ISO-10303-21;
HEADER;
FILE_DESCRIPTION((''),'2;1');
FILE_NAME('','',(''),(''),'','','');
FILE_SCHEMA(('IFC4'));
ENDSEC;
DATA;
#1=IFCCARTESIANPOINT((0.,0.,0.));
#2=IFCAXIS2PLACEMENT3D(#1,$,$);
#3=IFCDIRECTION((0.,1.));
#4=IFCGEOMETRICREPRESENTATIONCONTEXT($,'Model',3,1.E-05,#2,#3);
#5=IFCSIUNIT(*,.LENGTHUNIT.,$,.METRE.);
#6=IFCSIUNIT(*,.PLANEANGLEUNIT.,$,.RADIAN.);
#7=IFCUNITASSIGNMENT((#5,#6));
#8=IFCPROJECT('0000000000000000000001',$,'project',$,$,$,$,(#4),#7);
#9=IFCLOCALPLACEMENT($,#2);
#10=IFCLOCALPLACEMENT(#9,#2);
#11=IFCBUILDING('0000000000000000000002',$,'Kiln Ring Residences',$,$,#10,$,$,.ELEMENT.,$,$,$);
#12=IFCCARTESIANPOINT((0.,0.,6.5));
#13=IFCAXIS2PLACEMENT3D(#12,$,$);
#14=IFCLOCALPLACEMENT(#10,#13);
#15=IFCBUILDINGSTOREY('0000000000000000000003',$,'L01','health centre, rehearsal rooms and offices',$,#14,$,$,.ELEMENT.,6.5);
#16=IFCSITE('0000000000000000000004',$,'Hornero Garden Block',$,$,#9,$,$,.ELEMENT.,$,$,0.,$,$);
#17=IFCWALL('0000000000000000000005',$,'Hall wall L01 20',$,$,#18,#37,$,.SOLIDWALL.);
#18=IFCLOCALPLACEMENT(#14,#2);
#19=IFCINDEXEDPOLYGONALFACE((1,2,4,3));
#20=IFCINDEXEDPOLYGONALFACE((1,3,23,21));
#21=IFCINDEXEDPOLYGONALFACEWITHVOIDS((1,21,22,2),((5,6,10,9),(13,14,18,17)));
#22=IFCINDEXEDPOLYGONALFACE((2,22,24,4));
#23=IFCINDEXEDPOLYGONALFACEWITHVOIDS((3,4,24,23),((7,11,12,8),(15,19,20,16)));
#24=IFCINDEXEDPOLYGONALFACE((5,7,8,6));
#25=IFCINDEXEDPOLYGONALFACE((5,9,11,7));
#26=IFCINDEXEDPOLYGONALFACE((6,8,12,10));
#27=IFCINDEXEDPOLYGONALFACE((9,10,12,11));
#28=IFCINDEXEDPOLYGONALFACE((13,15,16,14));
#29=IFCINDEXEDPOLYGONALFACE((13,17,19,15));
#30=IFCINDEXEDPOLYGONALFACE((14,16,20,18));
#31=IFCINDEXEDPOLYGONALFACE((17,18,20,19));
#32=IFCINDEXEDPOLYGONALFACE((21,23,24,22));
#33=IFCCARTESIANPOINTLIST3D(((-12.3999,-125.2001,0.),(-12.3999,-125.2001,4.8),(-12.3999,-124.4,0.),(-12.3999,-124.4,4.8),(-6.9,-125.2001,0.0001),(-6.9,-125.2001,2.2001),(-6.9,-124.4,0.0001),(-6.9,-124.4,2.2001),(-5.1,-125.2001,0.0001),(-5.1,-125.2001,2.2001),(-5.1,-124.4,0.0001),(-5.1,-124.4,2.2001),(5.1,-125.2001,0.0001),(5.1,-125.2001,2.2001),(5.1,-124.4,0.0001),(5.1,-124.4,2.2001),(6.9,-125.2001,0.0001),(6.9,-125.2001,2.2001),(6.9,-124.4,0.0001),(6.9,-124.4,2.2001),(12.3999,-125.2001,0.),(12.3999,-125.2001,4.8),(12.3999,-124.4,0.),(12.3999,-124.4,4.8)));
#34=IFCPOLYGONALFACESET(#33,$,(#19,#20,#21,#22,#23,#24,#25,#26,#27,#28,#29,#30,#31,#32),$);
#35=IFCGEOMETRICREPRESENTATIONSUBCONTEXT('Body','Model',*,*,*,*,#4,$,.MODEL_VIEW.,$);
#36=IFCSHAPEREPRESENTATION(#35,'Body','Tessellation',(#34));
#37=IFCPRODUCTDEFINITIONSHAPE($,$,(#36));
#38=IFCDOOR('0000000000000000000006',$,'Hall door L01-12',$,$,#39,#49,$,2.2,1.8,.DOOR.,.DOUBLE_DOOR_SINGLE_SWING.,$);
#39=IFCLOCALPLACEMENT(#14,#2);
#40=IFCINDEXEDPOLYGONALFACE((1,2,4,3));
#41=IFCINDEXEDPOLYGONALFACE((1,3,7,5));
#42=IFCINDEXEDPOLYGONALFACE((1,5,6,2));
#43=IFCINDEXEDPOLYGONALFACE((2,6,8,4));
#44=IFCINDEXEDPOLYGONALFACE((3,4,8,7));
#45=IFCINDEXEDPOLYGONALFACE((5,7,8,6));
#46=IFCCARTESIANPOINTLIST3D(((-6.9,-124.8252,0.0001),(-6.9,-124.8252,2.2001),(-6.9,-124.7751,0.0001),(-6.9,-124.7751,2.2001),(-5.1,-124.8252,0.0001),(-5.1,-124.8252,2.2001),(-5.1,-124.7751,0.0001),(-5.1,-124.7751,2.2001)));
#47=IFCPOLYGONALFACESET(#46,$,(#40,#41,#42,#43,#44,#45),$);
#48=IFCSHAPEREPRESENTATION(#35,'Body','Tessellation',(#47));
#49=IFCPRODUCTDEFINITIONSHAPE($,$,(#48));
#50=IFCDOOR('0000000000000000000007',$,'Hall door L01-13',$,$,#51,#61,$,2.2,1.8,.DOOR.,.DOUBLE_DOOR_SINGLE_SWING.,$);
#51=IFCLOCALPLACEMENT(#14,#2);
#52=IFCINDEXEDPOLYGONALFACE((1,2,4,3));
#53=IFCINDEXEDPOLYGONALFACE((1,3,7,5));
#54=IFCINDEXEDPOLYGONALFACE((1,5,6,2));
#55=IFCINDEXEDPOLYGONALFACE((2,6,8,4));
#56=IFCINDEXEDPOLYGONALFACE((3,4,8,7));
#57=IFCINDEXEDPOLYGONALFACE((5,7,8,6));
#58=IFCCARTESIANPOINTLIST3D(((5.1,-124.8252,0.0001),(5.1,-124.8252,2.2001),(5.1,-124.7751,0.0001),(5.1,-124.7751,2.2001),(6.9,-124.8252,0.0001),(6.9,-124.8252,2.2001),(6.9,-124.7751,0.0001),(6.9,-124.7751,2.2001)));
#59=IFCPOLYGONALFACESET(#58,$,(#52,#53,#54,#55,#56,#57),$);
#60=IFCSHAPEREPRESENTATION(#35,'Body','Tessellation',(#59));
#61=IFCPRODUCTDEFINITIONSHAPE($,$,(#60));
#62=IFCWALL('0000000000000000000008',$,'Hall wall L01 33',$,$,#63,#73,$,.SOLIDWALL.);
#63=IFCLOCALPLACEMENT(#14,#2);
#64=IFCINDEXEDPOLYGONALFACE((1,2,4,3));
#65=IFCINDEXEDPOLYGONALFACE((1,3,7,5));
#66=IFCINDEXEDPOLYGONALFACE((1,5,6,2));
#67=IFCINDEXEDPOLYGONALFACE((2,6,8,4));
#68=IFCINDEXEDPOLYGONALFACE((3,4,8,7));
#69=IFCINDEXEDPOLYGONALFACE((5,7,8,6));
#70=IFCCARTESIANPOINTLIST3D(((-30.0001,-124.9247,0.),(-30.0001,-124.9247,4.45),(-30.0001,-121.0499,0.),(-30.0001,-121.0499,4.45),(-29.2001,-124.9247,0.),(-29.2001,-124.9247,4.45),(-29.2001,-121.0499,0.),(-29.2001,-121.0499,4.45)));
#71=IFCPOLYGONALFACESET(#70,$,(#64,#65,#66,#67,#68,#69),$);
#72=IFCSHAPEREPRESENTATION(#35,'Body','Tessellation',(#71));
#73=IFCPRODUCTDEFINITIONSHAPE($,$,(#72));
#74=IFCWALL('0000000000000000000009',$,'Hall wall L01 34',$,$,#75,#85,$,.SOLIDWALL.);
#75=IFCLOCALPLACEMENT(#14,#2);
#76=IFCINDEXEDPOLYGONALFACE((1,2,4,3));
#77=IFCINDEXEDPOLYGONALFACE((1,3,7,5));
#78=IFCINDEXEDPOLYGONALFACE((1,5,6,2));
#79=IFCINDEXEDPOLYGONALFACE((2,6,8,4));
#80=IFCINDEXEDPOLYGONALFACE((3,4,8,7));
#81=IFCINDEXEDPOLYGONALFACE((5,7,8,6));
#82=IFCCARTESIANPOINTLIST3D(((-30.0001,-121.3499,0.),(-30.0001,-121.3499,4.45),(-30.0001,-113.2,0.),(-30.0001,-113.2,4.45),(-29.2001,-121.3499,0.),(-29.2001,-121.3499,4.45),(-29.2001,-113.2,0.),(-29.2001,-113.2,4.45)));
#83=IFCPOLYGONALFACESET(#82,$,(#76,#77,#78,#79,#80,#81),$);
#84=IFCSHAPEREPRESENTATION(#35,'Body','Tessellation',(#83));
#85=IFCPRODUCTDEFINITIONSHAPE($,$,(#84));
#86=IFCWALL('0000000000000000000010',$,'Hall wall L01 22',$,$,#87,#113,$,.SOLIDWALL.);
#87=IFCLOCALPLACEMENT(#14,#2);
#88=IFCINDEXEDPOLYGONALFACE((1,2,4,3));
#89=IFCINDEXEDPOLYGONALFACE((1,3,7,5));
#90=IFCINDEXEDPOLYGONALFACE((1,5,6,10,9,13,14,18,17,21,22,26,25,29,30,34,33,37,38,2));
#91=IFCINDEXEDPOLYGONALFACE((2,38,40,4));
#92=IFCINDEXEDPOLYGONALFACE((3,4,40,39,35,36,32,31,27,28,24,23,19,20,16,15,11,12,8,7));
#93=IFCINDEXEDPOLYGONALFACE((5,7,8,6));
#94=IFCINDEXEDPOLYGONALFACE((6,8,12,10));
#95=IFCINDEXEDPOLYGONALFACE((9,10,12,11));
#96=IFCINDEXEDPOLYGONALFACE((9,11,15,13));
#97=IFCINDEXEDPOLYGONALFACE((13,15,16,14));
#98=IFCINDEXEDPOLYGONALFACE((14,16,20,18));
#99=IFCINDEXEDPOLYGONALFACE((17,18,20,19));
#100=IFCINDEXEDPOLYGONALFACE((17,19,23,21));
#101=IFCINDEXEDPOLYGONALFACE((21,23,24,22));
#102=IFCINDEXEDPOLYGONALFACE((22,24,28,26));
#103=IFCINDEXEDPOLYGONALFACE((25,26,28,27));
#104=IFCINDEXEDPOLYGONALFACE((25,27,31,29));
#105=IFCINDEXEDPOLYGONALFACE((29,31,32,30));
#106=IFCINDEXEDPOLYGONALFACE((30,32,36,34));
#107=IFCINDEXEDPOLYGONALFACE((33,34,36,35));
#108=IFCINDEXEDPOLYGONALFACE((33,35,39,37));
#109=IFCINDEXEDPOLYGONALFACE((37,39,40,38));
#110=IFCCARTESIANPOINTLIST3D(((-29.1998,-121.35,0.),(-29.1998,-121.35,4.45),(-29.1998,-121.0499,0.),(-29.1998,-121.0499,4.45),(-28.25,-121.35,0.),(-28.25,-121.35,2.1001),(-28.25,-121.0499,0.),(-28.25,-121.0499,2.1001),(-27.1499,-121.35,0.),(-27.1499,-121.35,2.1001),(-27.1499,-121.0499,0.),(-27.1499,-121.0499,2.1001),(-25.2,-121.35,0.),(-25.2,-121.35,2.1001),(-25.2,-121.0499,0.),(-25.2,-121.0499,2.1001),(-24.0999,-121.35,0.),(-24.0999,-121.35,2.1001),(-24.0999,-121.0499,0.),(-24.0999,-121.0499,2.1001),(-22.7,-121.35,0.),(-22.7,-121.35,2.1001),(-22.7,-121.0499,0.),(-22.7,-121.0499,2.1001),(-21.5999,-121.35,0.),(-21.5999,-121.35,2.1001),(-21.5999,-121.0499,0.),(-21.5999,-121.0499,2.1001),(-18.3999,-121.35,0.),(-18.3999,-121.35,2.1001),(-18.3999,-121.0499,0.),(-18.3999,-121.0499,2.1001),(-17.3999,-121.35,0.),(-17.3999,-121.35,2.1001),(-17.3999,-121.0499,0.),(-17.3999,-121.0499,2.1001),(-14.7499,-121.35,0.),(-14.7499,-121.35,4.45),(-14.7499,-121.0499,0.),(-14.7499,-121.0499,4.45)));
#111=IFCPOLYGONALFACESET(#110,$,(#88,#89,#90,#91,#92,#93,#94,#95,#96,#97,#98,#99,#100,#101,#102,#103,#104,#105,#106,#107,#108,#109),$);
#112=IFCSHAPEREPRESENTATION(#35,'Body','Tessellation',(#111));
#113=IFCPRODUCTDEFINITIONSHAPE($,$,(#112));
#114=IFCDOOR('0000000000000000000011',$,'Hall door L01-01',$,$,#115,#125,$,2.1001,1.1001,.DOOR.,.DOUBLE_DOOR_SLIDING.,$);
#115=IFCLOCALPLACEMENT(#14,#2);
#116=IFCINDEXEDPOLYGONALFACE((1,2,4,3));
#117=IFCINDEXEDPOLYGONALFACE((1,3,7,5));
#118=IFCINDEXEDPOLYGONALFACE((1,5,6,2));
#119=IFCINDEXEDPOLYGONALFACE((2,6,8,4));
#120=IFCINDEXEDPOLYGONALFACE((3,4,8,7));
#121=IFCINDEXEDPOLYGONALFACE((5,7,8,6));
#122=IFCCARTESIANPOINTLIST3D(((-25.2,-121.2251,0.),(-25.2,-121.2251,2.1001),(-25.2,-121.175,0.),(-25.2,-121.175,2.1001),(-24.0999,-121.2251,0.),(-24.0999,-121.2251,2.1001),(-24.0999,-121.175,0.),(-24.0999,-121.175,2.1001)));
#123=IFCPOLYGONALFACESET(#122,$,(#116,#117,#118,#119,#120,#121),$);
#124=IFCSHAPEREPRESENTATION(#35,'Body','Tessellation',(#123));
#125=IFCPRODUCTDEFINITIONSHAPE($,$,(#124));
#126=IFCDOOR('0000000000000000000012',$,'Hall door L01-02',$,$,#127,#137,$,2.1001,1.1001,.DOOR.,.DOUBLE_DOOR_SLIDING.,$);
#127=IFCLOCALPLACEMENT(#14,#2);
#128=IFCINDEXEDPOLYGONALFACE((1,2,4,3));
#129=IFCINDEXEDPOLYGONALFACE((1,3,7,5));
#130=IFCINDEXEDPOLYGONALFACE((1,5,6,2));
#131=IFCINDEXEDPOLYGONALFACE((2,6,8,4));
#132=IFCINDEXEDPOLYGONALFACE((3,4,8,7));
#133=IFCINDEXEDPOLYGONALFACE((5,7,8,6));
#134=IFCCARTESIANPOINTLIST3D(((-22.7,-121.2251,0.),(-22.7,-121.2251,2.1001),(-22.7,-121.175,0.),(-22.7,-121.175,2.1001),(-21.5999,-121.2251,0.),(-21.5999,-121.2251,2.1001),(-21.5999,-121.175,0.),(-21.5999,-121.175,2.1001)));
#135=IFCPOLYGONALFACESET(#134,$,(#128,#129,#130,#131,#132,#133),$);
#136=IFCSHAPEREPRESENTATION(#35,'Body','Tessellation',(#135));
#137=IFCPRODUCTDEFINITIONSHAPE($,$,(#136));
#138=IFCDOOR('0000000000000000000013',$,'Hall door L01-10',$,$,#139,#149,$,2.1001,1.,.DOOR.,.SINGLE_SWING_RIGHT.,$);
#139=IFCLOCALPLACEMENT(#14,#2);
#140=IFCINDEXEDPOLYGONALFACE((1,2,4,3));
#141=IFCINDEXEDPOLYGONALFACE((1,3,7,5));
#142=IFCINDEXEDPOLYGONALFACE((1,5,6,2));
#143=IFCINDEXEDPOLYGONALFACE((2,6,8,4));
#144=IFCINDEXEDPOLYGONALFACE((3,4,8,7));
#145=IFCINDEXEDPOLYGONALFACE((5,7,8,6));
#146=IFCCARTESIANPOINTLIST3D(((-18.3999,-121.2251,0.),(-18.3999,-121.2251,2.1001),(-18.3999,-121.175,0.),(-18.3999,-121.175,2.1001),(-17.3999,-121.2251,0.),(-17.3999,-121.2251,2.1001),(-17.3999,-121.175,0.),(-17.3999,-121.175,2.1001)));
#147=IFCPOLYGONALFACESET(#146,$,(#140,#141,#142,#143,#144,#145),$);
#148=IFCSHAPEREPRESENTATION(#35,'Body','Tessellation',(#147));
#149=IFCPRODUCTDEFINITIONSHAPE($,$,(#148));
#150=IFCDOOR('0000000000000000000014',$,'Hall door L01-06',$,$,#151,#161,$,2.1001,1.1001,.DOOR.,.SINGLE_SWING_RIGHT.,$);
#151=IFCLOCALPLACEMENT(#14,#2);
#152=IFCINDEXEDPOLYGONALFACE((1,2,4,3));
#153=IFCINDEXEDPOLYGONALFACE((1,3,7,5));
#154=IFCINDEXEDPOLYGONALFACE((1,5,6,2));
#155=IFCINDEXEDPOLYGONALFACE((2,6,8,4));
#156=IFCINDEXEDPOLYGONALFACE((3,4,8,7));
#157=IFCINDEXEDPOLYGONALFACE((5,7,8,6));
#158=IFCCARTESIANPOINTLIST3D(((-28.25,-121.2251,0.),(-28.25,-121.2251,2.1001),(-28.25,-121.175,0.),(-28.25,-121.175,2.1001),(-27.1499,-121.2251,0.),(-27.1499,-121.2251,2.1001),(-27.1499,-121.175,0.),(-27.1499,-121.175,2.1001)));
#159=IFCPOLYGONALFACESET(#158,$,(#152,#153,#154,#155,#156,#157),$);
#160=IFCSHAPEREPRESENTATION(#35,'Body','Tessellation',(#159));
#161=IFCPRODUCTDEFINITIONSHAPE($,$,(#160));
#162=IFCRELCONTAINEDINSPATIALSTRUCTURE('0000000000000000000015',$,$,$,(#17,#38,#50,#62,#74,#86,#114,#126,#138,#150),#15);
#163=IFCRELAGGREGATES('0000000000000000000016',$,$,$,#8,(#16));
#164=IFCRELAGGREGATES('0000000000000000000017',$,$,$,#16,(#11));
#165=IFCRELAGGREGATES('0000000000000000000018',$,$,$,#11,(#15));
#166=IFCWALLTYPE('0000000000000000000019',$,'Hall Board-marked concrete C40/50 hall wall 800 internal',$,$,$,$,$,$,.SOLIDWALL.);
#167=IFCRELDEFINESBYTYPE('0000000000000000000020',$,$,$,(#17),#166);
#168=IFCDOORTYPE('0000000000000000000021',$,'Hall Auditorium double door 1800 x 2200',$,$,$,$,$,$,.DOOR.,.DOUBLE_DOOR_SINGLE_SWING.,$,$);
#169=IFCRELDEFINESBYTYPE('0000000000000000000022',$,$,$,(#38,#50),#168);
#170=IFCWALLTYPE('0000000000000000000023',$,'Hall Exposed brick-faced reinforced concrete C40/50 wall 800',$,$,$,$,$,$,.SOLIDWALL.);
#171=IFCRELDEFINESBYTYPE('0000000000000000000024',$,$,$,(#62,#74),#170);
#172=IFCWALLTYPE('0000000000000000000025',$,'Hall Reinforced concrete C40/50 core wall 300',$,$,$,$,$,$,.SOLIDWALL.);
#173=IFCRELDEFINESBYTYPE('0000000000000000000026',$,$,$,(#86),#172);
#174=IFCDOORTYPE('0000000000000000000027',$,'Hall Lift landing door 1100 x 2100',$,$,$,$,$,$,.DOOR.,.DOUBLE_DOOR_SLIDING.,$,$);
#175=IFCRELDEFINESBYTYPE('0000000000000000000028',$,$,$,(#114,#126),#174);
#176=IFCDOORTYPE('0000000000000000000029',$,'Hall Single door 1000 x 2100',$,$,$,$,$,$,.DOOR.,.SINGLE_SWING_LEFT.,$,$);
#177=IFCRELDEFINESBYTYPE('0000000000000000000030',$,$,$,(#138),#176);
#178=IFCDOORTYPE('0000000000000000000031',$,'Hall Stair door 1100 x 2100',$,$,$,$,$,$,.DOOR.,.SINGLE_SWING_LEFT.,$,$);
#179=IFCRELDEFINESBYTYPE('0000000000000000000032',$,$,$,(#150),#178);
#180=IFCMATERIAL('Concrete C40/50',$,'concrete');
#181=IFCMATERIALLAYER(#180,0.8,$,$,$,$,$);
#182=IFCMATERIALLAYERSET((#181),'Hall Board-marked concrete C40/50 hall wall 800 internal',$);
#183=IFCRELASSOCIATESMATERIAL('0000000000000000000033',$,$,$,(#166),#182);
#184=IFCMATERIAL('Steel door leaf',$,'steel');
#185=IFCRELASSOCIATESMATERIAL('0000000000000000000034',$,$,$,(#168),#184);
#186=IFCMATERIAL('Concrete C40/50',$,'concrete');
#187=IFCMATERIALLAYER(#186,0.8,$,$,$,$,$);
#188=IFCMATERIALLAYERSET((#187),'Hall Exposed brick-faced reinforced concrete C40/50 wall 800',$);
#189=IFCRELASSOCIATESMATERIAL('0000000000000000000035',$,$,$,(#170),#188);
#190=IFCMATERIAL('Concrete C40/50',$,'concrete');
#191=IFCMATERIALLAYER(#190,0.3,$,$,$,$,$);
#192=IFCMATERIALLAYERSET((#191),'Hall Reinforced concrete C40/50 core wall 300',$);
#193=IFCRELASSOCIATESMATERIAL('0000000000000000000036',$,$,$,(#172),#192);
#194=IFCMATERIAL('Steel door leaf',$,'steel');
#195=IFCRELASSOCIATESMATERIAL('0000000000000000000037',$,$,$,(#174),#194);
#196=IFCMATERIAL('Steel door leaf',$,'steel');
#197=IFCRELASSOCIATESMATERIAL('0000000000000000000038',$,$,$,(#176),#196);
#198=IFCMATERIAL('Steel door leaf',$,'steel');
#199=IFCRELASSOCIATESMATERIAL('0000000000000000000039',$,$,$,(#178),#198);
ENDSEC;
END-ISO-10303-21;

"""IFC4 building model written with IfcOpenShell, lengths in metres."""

from ifc_helpers import new_model, si_unit, direction, frame, frame_2d, origin, place, context, subcontext, project, spatial, rectangle, extrude, material, layer, layer_set, type_object, element, fill, save


model = new_model("IFC4")

# Units and contexts
model_context = context("Model", 3, precision=1e-05, world=origin(), true_north=direction((0.0, 1.0)))
body_context = subcontext(model_context, "Body", "Model", "MODEL_VIEW")
ifc_project = project(units=[si_unit("LENGTHUNIT", "METRE"), si_unit("PLANEANGLEUNIT", "RADIAN")], contexts=[model_context])

# Site, building, storey
site_placement = place(None, origin())
site = spatial("IfcSite", under=ifc_project, at=site_placement, Name="Hornero Garden Block", CompositionType="ELEMENT", RefElevation=0.0)
building_placement = place(site_placement, origin())
building = spatial("IfcBuilding", under=site, at=building_placement, Name="Kiln Ring Residences", CompositionType="ELEMENT")
storey_placement = place(building_placement, frame((0.0, 0.0, 6.5)))
storey = spatial("IfcBuildingStorey", under=building, at=storey_placement, Name="L01", Description="health centre, rehearsal rooms and offices", CompositionType="ELEMENT", Elevation=6.5)

# Wall, openings, doors
ifc_material_1 = material(Name="Concrete C40/50", Category="concrete")
ifc_layer_1 = layer(ifc_material_1, 0.8)
ifc_layer_set_1 = layer_set([ifc_layer_1], Name="Hall Board-marked concrete C40/50 hall wall 800 internal")
wall_type_1 = type_object("IfcWallType", Name="Hall Board-marked concrete C40/50 hall wall 800 internal", PredefinedType="SOLIDWALL", material=ifc_layer_set_1)
wall_1_placement = place(storey_placement, frame((-12.3999, -124.8, 0.0), z_axis=(0.0, 0.0, 1.0), x_axis=(1.0, 0.0, 0.0)))
wall_1 = element("IfcWall", 1, at=wall_1_placement, inside=storey, type_object=wall_type_1, Name="Hall wall L01 20", PredefinedType="SOLIDWALL", context=body_context, shape_type="SweptSolid", body=[
    extrude(rectangle(XDim=24.7998, YDim=0.8, at=frame_2d((12.3999, 0.0))), origin(), (0.0, 0.0, 1.0), 4.8),
])
opening_1_placement = place(wall_1_placement, frame((5.5, 0.0, 0.0)))
opening_1 = element("IfcOpeningElement", 2, at=opening_1_placement, cuts=wall_1, PredefinedType="OPENING", context=body_context, shape_type="SweptSolid", body=[
    extrude(rectangle(XDim=1.8, YDim=2.2, at=frame_2d((0.8999, 1.1001))), frame((0.0, 0.4099, 0.0), z_axis=(0.0, -1.0, 0.0), x_axis=(1.0, 0.0, 0.0)), (0.0, 0.0, 1.0), 0.8201),
])
opening_2_placement = place(wall_1_placement, frame((17.5, 0.0, 0.0)))
opening_2 = element("IfcOpeningElement", 3, at=opening_2_placement, cuts=wall_1, PredefinedType="OPENING", context=body_context, shape_type="SweptSolid", body=[
    extrude(rectangle(XDim=1.8, YDim=2.2, at=frame_2d((0.8999, 1.1001))), frame((0.0, 0.4099, 0.0), z_axis=(0.0, -1.0, 0.0), x_axis=(1.0, 0.0, 0.0)), (0.0, 0.0, 1.0), 0.8201),
])
ifc_material_2 = material(Name="Steel door leaf", Category="steel")
door_type_1 = type_object("IfcDoorType", Name="Hall Auditorium double door 1800 x 2200", OperationType="DOUBLE_DOOR_SINGLE_SWING", PredefinedType="DOOR", material=ifc_material_2)
door_1_placement = place(opening_1_placement, origin())
door_1 = element("IfcDoor", 4, at=door_1_placement, inside=storey, type_object=door_type_1, Name="Hall door L01-12", OperationType="DOUBLE_DOOR_SINGLE_SWING", OverallHeight=2.2, OverallWidth=1.8, PredefinedType="DOOR", context=body_context, shape_type="SweptSolid", body=[
    extrude(rectangle(XDim=1.8, YDim=2.2, at=frame_2d((0.8999, 1.1001))), frame((0.0, 0.0249, 0.0), z_axis=(0.0, -1.0, 0.0), x_axis=(1.0, 0.0, 0.0)), (0.0, 0.0, 1.0), 0.05),
])
fill(opening_1, door_1)
door_2_placement = place(opening_2_placement, origin())
door_2 = element("IfcDoor", 5, at=door_2_placement, inside=storey, type_object=door_type_1, Name="Hall door L01-13", OperationType="DOUBLE_DOOR_SINGLE_SWING", OverallHeight=2.2, OverallWidth=1.8, PredefinedType="DOOR", context=body_context, shape_type="SweptSolid", body=[
    extrude(rectangle(XDim=1.8, YDim=2.2, at=frame_2d((0.8999, 1.1001))), frame((0.0, 0.0249, 0.0), z_axis=(0.0, -1.0, 0.0), x_axis=(1.0, 0.0, 0.0)), (0.0, 0.0, 1.0), 0.05),
])
fill(opening_2, door_2)

# Walls
ifc_material_3 = material(Name="Concrete C40/50", Category="concrete")
ifc_layer_2 = layer(ifc_material_3, 0.8)
ifc_layer_set_2 = layer_set([ifc_layer_2], Name="Hall Exposed brick-faced reinforced concrete C40/50 wall 800")
wall_type_2 = type_object("IfcWallType", Name="Hall Exposed brick-faced reinforced concrete C40/50 wall 800", PredefinedType="SOLIDWALL", material=ifc_layer_set_2)
wall_2_placement = place(storey_placement, frame((-29.6001, -124.9248, 0.0), z_axis=(0.0, 0.0, 1.0), x_axis=(0.0, 1.0, 0.0)))
element("IfcWall", 6, at=wall_2_placement, inside=storey, type_object=wall_type_2, Name="Hall wall L01 33", PredefinedType="SOLIDWALL", context=body_context, shape_type="SweptSolid", body=[
    extrude(rectangle(XDim=3.8748, YDim=0.8, at=frame_2d((1.9375, 0.0))), origin(), (0.0, 0.0, 1.0), 4.45),
])
wall_3_placement = place(storey_placement, frame((-29.6001, -121.3499, 0.0), z_axis=(0.0, 0.0, 1.0), x_axis=(0.0, 1.0, 0.0)))
element("IfcWall", 7, at=wall_3_placement, inside=storey, type_object=wall_type_2, Name="Hall wall L01 34", PredefinedType="SOLIDWALL", context=body_context, shape_type="SweptSolid", body=[
    extrude(rectangle(XDim=8.1499, YDim=0.8, at=frame_2d((4.075, 0.0))), origin(), (0.0, 0.0, 1.0), 4.45),
])

# Wall, openings, doors
ifc_material_4 = material(Name="Concrete C40/50", Category="concrete")
ifc_layer_3 = layer(ifc_material_4, 0.3)
ifc_layer_set_3 = layer_set([ifc_layer_3], Name="Hall Reinforced concrete C40/50 core wall 300")
wall_type_3 = type_object("IfcWallType", Name="Hall Reinforced concrete C40/50 core wall 300", PredefinedType="SOLIDWALL", material=ifc_layer_set_3)
wall_4_placement = place(storey_placement, frame((-29.2, -121.2, 0.0), z_axis=(0.0, 0.0, 1.0), x_axis=(1.0, 0.0, 0.0)))
wall_4 = element("IfcWall", 8, at=wall_4_placement, inside=storey, type_object=wall_type_3, Name="Hall wall L01 22", PredefinedType="SOLIDWALL", context=body_context, shape_type="SweptSolid", body=[
    extrude(rectangle(XDim=14.45, YDim=0.3, at=frame_2d((7.2251, 0.0))), origin(), (0.0, 0.0, 1.0), 4.45),
])
opening_3_placement = place(wall_4_placement, frame((4.0, 0.0, 0.0)))
opening_3 = element("IfcOpeningElement", 9, at=opening_3_placement, cuts=wall_4, PredefinedType="OPENING", context=body_context, shape_type="SweptSolid", body=[
    extrude(rectangle(XDim=1.1001, YDim=2.1001, at=frame_2d((0.55, 1.05))), frame((0.0, 0.1599, 0.0), z_axis=(0.0, -1.0, 0.0), x_axis=(1.0, 0.0, 0.0)), (0.0, 0.0, 1.0), 0.3201),
])
opening_4_placement = place(wall_4_placement, frame((6.5, 0.0, 0.0)))
opening_4 = element("IfcOpeningElement", 10, at=opening_4_placement, cuts=wall_4, PredefinedType="OPENING", context=body_context, shape_type="SweptSolid", body=[
    extrude(rectangle(XDim=1.1001, YDim=2.1001, at=frame_2d((0.55, 1.05))), frame((0.0, 0.1599, 0.0), z_axis=(0.0, -1.0, 0.0), x_axis=(1.0, 0.0, 0.0)), (0.0, 0.0, 1.0), 0.3201),
])
opening_5_placement = place(wall_4_placement, frame((0.95, 0.0, 0.0)))
opening_5 = element("IfcOpeningElement", 11, at=opening_5_placement, cuts=wall_4, PredefinedType="OPENING", context=body_context, shape_type="SweptSolid", body=[
    extrude(rectangle(XDim=1.1001, YDim=2.1001, at=frame_2d((0.55, 1.05))), frame((0.0, 0.1599, 0.0), z_axis=(0.0, -1.0, 0.0), x_axis=(1.0, 0.0, 0.0)), (0.0, 0.0, 1.0), 0.3201),
])
opening_6_placement = place(wall_4_placement, frame((10.8, 0.0, 0.0)))
opening_6 = element("IfcOpeningElement", 12, at=opening_6_placement, cuts=wall_4, PredefinedType="OPENING", context=body_context, shape_type="SweptSolid", body=[
    extrude(rectangle(XDim=1.0, YDim=2.1001, at=frame_2d((0.5, 1.05))), frame((0.0, 0.1599, 0.0), z_axis=(0.0, -1.0, 0.0), x_axis=(1.0, 0.0, 0.0)), (0.0, 0.0, 1.0), 0.3201),
])
ifc_material_5 = material(Name="Steel door leaf", Category="steel")
door_type_2 = type_object("IfcDoorType", Name="Hall Lift landing door 1100 x 2100", OperationType="DOUBLE_DOOR_SLIDING", PredefinedType="DOOR", material=ifc_material_5)
door_3_placement = place(opening_3_placement, origin())
door_3 = element("IfcDoor", 13, at=door_3_placement, inside=storey, type_object=door_type_2, Name="Hall door L01-01", OperationType="DOUBLE_DOOR_SLIDING", OverallHeight=2.1001, OverallWidth=1.1001, PredefinedType="DOOR", context=body_context, shape_type="SweptSolid", body=[
    extrude(rectangle(XDim=1.1001, YDim=2.1001, at=frame_2d((0.55, 1.05))), frame((0.0, 0.0249, 0.0), z_axis=(0.0, -1.0, 0.0), x_axis=(1.0, 0.0, 0.0)), (0.0, 0.0, 1.0), 0.05),
])
fill(opening_3, door_3)
door_4_placement = place(opening_4_placement, origin())
door_4 = element("IfcDoor", 14, at=door_4_placement, inside=storey, type_object=door_type_2, Name="Hall door L01-02", OperationType="DOUBLE_DOOR_SLIDING", OverallHeight=2.1001, OverallWidth=1.1001, PredefinedType="DOOR", context=body_context, shape_type="SweptSolid", body=[
    extrude(rectangle(XDim=1.1001, YDim=2.1001, at=frame_2d((0.55, 1.05))), frame((0.0, 0.0249, 0.0), z_axis=(0.0, -1.0, 0.0), x_axis=(1.0, 0.0, 0.0)), (0.0, 0.0, 1.0), 0.05),
])
fill(opening_4, door_4)
ifc_material_6 = material(Name="Steel door leaf", Category="steel")
door_type_3 = type_object("IfcDoorType", Name="Hall Single door 1000 x 2100", OperationType="SINGLE_SWING_LEFT", PredefinedType="DOOR", material=ifc_material_6)
door_5_placement = place(opening_6_placement, origin())
door_5 = element("IfcDoor", 15, at=door_5_placement, inside=storey, type_object=door_type_3, Name="Hall door L01-10", OperationType="SINGLE_SWING_RIGHT", OverallHeight=2.1001, OverallWidth=1.0, PredefinedType="DOOR", context=body_context, shape_type="SweptSolid", body=[
    extrude(rectangle(XDim=1.0, YDim=2.1001, at=frame_2d((0.5, 1.05))), frame((0.0, 0.0249, 0.0), z_axis=(0.0, -1.0, 0.0), x_axis=(1.0, 0.0, 0.0)), (0.0, 0.0, 1.0), 0.05),
])
fill(opening_6, door_5)
ifc_material_7 = material(Name="Steel door leaf", Category="steel")
door_type_4 = type_object("IfcDoorType", Name="Hall Stair door 1100 x 2100", OperationType="SINGLE_SWING_LEFT", PredefinedType="DOOR", material=ifc_material_7)
door_6_placement = place(opening_5_placement, origin())
door_6 = element("IfcDoor", 16, at=door_6_placement, inside=storey, type_object=door_type_4, Name="Hall door L01-06", OperationType="SINGLE_SWING_RIGHT", OverallHeight=2.1001, OverallWidth=1.1001, PredefinedType="DOOR", context=body_context, shape_type="SweptSolid", body=[
    extrude(rectangle(XDim=1.1001, YDim=2.1001, at=frame_2d((0.55, 1.05))), frame((0.0, 0.0249, 0.0), z_axis=(0.0, -1.0, 0.0), x_axis=(1.0, 0.0, 0.0)), (0.0, 0.0, 1.0), 0.05),
])
fill(opening_5, door_6)

save(model, "model.ifc")
